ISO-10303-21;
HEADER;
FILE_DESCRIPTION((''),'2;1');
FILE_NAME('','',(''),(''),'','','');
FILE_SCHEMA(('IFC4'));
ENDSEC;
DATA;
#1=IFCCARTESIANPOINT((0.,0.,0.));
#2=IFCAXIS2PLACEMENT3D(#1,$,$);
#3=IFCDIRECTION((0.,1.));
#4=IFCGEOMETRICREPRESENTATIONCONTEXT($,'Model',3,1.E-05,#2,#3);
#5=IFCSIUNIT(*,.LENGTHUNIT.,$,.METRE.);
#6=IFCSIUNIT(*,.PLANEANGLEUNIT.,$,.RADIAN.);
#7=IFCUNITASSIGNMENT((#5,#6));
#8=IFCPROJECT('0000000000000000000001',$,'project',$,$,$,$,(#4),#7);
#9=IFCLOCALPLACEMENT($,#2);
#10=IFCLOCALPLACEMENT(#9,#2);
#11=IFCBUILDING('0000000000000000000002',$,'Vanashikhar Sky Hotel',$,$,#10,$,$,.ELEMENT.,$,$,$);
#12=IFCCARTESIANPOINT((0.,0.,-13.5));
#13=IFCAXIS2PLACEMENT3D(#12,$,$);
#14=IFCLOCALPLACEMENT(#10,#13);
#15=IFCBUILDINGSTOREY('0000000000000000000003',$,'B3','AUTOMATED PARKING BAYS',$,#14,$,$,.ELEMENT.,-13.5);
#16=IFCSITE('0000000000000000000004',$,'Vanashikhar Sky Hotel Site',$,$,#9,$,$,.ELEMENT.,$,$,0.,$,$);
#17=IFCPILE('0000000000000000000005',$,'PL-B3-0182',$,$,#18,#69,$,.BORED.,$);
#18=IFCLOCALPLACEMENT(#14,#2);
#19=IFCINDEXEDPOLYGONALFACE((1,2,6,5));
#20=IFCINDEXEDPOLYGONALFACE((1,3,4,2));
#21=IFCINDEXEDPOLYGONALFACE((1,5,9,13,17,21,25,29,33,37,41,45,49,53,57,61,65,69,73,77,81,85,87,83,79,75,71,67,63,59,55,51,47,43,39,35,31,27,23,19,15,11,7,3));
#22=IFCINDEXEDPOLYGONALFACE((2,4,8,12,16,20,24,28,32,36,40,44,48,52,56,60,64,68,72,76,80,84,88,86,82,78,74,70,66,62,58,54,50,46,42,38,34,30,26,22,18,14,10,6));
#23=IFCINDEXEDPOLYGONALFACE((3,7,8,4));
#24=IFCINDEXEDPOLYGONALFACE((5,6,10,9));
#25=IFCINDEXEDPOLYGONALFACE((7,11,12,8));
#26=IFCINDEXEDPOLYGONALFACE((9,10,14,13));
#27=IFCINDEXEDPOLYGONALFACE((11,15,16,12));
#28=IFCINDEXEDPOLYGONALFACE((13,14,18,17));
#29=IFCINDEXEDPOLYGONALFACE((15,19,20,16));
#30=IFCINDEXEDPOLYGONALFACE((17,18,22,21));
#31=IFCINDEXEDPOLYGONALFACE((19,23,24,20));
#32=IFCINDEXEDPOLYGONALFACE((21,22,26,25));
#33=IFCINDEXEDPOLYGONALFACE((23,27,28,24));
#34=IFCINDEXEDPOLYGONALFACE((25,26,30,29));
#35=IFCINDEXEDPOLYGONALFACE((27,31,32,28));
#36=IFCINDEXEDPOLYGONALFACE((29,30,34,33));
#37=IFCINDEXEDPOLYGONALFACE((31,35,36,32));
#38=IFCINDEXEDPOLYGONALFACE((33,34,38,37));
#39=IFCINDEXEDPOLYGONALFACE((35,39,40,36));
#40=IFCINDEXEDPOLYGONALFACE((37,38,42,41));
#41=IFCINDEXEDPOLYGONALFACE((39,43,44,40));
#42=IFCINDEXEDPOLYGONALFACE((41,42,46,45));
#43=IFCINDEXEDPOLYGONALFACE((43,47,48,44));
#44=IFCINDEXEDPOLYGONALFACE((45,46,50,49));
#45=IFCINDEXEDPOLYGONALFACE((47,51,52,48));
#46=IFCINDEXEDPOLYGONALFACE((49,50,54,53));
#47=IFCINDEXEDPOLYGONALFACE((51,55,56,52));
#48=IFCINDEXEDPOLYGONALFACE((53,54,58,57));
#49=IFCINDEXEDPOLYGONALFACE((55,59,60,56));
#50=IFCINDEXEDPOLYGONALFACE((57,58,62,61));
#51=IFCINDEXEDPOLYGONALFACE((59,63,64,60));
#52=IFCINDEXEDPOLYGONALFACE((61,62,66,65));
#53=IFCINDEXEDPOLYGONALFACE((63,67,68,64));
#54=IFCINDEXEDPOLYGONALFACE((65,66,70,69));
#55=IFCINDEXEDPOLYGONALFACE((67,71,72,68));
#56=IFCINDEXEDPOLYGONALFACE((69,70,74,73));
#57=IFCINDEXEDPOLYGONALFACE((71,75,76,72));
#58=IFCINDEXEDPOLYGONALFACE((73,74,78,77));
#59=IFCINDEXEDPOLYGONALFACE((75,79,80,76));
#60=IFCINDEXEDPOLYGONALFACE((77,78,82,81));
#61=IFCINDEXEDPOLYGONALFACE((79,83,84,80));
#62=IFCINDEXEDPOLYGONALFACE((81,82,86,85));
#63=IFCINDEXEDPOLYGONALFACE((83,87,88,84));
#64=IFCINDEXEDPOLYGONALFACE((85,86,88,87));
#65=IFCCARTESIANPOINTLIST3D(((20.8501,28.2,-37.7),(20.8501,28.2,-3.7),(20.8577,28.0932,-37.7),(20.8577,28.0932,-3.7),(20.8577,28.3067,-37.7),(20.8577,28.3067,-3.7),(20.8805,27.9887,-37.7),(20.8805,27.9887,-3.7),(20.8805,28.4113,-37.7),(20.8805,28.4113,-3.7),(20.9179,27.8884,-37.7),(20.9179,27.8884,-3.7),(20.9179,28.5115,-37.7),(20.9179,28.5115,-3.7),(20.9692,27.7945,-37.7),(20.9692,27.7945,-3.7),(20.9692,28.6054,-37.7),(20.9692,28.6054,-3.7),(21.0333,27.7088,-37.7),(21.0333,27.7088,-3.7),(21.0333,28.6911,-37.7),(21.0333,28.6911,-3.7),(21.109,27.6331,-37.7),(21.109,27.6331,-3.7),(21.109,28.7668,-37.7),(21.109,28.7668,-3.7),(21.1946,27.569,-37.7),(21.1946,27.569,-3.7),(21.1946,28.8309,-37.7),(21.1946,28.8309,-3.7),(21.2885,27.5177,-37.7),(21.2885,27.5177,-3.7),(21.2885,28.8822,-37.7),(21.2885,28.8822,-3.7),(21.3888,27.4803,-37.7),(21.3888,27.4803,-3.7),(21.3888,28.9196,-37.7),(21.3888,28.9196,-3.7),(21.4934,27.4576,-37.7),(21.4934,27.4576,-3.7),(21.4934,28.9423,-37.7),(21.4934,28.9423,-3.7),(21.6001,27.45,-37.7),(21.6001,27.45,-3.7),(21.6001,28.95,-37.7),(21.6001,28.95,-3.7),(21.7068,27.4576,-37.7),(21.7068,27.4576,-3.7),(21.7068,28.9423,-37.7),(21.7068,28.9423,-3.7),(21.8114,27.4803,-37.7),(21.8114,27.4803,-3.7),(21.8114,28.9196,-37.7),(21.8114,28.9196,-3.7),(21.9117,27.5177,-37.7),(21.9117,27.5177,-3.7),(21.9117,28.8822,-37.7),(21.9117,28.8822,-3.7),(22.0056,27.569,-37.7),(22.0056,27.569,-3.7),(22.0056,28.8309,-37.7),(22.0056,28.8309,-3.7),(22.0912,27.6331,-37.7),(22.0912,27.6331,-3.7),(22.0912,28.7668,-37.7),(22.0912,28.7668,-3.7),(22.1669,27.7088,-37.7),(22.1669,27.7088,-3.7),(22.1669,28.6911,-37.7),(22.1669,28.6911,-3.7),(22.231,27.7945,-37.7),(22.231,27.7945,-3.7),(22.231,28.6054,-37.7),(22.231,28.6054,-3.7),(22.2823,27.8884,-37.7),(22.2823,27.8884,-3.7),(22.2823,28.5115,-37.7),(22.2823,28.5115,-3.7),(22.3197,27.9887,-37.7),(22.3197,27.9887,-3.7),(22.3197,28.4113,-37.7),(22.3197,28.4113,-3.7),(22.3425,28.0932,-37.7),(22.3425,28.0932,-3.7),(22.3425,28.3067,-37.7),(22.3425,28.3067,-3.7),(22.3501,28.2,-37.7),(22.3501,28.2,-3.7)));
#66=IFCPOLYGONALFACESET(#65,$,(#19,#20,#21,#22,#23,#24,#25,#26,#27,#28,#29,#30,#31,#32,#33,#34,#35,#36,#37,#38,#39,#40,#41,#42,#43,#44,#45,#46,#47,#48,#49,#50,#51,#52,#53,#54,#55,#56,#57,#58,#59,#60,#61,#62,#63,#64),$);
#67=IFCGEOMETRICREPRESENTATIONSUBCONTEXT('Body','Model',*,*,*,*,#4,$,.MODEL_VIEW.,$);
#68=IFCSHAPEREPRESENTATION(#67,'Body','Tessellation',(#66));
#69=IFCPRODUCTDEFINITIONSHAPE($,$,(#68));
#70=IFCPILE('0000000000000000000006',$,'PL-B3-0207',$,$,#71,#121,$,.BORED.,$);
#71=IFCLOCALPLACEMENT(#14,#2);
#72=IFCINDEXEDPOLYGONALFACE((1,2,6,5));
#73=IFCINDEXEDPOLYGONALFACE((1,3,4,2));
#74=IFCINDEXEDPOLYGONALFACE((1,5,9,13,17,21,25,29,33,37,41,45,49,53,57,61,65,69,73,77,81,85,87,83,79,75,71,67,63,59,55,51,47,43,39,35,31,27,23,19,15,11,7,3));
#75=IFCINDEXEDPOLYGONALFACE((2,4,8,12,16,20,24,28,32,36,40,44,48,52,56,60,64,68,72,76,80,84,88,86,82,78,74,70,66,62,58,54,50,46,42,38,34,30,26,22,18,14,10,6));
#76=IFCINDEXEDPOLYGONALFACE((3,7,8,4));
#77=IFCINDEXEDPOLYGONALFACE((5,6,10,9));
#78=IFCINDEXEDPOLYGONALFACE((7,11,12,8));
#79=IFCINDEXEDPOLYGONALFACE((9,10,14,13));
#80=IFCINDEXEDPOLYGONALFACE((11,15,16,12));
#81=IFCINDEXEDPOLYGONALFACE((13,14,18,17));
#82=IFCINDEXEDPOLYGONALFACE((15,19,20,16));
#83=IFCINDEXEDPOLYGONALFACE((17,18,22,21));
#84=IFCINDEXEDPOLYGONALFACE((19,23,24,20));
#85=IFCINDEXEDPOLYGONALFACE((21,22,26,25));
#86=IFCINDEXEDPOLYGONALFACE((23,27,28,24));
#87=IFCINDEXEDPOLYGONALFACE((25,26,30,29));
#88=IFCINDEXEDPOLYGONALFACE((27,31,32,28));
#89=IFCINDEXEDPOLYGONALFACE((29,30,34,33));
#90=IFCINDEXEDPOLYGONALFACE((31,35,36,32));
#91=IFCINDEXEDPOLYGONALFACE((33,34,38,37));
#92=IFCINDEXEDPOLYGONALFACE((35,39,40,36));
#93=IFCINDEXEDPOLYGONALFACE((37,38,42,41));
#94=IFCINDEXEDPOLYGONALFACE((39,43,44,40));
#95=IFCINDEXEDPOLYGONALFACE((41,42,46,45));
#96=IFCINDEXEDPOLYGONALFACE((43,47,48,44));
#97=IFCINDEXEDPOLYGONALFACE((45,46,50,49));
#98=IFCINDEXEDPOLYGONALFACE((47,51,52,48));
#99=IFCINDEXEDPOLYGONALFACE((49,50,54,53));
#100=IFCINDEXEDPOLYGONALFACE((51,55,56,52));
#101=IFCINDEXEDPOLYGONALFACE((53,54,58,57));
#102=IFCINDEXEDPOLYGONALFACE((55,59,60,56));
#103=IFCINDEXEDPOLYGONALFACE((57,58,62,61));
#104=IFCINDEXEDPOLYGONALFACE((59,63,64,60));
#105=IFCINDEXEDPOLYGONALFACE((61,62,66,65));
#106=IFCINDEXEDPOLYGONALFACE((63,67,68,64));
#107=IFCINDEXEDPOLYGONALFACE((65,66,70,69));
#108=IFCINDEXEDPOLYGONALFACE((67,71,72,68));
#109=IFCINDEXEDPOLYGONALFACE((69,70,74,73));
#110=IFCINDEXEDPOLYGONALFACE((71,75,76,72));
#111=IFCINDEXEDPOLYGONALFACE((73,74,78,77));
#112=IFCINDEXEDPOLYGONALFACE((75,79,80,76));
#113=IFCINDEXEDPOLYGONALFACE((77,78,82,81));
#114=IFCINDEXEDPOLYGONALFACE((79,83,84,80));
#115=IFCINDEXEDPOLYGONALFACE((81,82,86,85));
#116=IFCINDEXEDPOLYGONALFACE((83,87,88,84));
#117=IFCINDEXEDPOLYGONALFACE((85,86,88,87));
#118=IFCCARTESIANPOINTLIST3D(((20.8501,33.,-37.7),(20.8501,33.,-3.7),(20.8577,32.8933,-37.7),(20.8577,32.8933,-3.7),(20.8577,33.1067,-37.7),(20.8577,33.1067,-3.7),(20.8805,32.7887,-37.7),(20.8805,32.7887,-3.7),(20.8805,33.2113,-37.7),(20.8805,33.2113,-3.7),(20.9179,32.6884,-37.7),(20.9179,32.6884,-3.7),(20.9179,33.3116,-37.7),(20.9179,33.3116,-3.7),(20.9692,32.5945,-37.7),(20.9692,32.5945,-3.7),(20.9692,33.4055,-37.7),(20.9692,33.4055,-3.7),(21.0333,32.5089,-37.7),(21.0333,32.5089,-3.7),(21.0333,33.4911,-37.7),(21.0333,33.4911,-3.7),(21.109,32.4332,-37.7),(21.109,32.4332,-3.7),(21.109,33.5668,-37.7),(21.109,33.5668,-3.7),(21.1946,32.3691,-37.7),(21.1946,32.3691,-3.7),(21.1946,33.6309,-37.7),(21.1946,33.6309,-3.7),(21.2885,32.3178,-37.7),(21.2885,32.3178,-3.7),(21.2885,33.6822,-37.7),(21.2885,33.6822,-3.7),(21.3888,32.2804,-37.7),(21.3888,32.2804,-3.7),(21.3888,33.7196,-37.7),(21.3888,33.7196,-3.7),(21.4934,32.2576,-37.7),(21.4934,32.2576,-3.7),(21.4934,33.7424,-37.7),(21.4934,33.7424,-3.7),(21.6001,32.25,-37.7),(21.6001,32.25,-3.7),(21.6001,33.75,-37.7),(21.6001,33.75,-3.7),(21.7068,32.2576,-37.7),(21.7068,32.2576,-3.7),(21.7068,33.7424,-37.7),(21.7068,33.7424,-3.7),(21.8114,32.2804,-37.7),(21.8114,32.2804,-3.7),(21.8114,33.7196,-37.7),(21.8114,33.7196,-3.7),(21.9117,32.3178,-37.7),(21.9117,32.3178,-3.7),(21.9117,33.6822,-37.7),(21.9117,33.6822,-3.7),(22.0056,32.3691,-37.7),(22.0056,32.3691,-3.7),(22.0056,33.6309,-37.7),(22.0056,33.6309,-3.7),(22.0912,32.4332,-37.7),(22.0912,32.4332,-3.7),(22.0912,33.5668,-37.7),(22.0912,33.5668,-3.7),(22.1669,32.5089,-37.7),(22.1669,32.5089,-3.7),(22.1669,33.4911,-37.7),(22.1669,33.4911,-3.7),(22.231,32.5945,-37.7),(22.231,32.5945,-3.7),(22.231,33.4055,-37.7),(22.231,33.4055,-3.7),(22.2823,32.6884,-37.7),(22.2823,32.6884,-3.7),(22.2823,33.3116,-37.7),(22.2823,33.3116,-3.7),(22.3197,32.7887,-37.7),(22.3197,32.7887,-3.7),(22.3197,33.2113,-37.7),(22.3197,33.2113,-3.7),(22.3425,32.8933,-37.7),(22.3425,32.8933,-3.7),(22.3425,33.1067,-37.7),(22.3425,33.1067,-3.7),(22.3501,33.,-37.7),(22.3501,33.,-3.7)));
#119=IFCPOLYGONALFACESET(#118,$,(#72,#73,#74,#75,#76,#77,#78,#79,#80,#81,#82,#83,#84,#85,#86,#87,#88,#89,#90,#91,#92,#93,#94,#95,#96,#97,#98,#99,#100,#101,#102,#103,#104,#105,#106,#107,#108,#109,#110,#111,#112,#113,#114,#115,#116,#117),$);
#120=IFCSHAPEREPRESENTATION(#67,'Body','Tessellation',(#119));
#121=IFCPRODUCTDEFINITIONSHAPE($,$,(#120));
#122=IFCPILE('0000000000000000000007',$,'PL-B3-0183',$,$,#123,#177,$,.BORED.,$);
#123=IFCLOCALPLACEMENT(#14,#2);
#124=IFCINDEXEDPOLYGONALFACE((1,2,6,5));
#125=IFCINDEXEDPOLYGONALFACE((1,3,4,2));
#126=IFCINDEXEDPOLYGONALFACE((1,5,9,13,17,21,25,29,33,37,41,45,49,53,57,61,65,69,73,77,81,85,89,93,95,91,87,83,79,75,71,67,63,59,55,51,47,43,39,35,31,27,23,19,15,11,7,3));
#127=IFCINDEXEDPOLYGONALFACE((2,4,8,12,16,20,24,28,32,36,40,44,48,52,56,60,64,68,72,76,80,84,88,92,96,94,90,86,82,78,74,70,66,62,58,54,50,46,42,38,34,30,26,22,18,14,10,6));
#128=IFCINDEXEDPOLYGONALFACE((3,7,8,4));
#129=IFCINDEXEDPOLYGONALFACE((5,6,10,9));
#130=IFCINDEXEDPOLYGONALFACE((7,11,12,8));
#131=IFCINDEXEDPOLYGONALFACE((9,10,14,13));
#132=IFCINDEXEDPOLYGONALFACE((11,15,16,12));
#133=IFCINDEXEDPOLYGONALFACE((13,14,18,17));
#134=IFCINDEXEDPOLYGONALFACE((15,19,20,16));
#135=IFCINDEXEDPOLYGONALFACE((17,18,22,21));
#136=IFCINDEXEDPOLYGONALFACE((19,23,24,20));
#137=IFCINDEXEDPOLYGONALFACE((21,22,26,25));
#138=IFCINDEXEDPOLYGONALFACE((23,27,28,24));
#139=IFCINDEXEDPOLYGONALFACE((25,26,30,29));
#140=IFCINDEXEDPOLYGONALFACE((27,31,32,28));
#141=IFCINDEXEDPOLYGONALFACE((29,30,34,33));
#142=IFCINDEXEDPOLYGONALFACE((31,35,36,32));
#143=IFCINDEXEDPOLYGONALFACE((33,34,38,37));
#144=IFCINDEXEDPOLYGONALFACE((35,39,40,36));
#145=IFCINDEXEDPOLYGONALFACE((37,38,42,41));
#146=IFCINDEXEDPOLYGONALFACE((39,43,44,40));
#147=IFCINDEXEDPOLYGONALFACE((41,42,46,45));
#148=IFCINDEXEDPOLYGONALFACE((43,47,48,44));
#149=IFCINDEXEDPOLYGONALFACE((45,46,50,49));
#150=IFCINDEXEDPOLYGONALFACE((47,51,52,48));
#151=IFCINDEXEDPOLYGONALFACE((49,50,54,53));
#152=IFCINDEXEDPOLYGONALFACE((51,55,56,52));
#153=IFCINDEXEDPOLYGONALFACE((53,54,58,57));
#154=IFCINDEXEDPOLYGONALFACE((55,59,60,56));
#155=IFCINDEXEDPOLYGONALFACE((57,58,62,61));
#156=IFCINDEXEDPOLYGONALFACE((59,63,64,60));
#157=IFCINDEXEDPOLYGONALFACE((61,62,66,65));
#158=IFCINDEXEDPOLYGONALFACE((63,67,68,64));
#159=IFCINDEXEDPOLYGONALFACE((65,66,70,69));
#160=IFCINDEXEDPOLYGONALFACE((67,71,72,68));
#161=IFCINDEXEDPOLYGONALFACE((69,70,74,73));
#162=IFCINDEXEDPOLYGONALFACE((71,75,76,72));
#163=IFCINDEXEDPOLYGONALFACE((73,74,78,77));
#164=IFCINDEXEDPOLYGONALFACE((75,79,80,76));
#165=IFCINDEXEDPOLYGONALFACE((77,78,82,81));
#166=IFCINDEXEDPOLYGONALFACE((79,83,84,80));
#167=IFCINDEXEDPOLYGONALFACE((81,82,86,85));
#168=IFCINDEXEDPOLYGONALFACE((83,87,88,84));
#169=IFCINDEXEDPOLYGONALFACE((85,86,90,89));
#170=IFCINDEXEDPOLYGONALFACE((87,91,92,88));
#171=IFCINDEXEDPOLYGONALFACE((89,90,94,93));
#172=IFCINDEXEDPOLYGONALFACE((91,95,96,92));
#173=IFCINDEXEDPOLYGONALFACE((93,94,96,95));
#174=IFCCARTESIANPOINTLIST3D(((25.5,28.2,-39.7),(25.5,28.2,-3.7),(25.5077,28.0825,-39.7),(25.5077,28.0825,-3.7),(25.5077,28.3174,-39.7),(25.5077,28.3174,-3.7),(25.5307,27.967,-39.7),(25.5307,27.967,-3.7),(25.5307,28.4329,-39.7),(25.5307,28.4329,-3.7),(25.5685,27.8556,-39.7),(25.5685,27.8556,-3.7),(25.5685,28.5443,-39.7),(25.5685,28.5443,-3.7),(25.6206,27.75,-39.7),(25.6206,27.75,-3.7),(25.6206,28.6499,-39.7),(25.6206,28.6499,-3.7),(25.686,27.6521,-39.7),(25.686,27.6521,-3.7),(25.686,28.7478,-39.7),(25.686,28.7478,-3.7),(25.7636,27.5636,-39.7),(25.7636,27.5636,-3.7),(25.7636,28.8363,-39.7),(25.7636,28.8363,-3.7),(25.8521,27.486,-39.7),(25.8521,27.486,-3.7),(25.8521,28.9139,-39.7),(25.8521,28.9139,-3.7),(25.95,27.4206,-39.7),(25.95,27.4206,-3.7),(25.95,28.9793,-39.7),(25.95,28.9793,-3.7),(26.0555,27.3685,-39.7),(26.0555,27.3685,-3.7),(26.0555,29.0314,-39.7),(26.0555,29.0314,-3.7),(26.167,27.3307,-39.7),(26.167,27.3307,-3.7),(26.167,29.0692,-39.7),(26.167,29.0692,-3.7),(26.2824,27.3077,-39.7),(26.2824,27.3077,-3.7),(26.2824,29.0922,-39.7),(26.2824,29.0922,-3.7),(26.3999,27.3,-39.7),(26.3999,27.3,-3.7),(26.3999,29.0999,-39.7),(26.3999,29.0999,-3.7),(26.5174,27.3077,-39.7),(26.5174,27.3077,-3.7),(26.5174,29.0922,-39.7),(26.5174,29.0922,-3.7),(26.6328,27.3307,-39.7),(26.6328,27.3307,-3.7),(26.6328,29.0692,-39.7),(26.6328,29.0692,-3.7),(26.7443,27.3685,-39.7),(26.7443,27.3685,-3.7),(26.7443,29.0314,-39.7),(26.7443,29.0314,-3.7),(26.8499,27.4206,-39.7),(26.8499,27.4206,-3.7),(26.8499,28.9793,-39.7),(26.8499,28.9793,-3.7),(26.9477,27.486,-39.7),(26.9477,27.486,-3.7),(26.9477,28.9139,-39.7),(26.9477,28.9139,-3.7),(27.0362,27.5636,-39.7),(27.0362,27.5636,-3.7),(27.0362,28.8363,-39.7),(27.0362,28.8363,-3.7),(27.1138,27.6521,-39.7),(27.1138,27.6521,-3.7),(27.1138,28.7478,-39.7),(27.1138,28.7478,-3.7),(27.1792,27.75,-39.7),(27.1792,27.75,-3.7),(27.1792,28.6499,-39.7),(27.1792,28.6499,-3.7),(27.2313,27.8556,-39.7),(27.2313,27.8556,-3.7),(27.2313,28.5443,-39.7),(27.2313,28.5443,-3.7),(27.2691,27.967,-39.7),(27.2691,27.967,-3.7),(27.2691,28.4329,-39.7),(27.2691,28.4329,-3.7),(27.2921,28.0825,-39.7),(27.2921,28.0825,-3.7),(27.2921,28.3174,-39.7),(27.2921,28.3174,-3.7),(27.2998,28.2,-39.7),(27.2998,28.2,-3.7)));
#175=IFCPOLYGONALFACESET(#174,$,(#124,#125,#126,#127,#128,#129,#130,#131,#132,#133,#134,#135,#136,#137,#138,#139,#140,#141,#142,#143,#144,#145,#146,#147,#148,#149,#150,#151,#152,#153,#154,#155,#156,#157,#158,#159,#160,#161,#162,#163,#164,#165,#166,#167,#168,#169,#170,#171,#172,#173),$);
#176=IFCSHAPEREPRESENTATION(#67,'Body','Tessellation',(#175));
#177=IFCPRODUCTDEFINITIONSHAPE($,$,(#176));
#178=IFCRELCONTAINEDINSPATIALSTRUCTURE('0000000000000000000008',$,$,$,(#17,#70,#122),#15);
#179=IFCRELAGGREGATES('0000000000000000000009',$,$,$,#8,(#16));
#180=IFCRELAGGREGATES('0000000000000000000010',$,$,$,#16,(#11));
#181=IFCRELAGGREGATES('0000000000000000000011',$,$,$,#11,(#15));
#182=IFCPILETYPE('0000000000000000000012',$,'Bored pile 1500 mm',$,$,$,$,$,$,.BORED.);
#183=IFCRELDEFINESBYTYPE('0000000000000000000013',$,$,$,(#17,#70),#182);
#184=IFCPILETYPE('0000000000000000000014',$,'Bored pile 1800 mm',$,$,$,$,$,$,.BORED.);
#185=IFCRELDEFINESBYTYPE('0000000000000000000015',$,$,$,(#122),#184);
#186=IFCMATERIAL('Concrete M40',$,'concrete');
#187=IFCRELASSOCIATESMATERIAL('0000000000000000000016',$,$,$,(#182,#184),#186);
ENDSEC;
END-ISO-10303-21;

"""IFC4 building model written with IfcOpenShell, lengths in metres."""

from ifc_helpers import new_model, si_unit, direction, frame, origin, origin_2d, place, context, subcontext, project, spatial, circle, extrude, source, transform, mapped, material, type_object, element, save


model = new_model("IFC4")

# Units and contexts
model_context = context("Model", 3, precision=1e-05, world=origin(), true_north=direction((0.0, 1.0)))
body_context = subcontext(model_context, "Body", "Model", "MODEL_VIEW")
ifc_project = project(units=[si_unit("LENGTHUNIT", "METRE"), si_unit("PLANEANGLEUNIT", "RADIAN")], contexts=[model_context])

# Site, building, storey
site_placement = place(None, origin())
site = spatial("IfcSite", under=ifc_project, at=site_placement, Name="Vanashikhar Sky Hotel Site", CompositionType="ELEMENT", RefElevation=0.0)
building_placement = place(site_placement, origin())
building = spatial("IfcBuilding", under=site, at=building_placement, Name="Vanashikhar Sky Hotel", CompositionType="ELEMENT")
storey_placement = place(building_placement, frame((0.0, 0.0, -13.5)))
storey = spatial("IfcBuildingStorey", under=building, at=storey_placement, Name="B3", Description="AUTOMATED PARKING BAYS", CompositionType="ELEMENT", Elevation=-13.5)

# Piles
ifc_material_1 = material(Name="Concrete M40", Category="concrete")
pile_type_1 = type_object("IfcPileType", Name="Bored pile 1500 mm", PredefinedType="BORED", material=ifc_material_1)
shared_shape_1 = source(origin(), body_context, "Body", "SweptSolid", [
    extrude(circle(Radius=0.75, at=origin_2d()), origin(), (0.0, 0.0, 1.0), 34.0),
])
for number, where, z_axis, x_axis, name in (
    (1, (21.6001, 28.2, -3.7), (0.0, 0.0, -1.0), (1.0, 0.0, 0.0), "PL-B3-0182"),
    (2, (21.6001, 33.0, -3.7), (0.0, 0.0, -1.0), (1.0, 0.0, 0.0), "PL-B3-0207"),
):
    element("IfcPile", number, at=place(storey_placement, frame(where, z_axis=z_axis, x_axis=x_axis)), inside=storey, type_object=pile_type_1, Name=name, PredefinedType="BORED", context=body_context, shape_type="MappedRepresentation", body=[
        mapped(shared_shape_1, transform((0.0, 0.0, 0.0), scale=1.0)),
    ])
pile_type_2 = type_object("IfcPileType", Name="Bored pile 1800 mm", PredefinedType="BORED", material=ifc_material_1)
shared_shape_2 = source(origin(), body_context, "Body", "SweptSolid", [
    extrude(circle(Radius=0.8999, at=origin_2d()), origin(), (0.0, 0.0, 1.0), 36.0),
])
for number, where, z_axis, x_axis, name in (
    (3, (26.3999, 28.2, -3.7), (0.0, 0.0, -1.0), (1.0, 0.0, 0.0), "PL-B3-0183"),
):
    element("IfcPile", number, at=place(storey_placement, frame(where, z_axis=z_axis, x_axis=x_axis)), inside=storey, type_object=pile_type_2, Name=name, PredefinedType="BORED", context=body_context, shape_type="MappedRepresentation", body=[
        mapped(shared_shape_2, transform((0.0, 0.0, 0.0), scale=1.0)),
    ])

save(model, "model.ifc")
